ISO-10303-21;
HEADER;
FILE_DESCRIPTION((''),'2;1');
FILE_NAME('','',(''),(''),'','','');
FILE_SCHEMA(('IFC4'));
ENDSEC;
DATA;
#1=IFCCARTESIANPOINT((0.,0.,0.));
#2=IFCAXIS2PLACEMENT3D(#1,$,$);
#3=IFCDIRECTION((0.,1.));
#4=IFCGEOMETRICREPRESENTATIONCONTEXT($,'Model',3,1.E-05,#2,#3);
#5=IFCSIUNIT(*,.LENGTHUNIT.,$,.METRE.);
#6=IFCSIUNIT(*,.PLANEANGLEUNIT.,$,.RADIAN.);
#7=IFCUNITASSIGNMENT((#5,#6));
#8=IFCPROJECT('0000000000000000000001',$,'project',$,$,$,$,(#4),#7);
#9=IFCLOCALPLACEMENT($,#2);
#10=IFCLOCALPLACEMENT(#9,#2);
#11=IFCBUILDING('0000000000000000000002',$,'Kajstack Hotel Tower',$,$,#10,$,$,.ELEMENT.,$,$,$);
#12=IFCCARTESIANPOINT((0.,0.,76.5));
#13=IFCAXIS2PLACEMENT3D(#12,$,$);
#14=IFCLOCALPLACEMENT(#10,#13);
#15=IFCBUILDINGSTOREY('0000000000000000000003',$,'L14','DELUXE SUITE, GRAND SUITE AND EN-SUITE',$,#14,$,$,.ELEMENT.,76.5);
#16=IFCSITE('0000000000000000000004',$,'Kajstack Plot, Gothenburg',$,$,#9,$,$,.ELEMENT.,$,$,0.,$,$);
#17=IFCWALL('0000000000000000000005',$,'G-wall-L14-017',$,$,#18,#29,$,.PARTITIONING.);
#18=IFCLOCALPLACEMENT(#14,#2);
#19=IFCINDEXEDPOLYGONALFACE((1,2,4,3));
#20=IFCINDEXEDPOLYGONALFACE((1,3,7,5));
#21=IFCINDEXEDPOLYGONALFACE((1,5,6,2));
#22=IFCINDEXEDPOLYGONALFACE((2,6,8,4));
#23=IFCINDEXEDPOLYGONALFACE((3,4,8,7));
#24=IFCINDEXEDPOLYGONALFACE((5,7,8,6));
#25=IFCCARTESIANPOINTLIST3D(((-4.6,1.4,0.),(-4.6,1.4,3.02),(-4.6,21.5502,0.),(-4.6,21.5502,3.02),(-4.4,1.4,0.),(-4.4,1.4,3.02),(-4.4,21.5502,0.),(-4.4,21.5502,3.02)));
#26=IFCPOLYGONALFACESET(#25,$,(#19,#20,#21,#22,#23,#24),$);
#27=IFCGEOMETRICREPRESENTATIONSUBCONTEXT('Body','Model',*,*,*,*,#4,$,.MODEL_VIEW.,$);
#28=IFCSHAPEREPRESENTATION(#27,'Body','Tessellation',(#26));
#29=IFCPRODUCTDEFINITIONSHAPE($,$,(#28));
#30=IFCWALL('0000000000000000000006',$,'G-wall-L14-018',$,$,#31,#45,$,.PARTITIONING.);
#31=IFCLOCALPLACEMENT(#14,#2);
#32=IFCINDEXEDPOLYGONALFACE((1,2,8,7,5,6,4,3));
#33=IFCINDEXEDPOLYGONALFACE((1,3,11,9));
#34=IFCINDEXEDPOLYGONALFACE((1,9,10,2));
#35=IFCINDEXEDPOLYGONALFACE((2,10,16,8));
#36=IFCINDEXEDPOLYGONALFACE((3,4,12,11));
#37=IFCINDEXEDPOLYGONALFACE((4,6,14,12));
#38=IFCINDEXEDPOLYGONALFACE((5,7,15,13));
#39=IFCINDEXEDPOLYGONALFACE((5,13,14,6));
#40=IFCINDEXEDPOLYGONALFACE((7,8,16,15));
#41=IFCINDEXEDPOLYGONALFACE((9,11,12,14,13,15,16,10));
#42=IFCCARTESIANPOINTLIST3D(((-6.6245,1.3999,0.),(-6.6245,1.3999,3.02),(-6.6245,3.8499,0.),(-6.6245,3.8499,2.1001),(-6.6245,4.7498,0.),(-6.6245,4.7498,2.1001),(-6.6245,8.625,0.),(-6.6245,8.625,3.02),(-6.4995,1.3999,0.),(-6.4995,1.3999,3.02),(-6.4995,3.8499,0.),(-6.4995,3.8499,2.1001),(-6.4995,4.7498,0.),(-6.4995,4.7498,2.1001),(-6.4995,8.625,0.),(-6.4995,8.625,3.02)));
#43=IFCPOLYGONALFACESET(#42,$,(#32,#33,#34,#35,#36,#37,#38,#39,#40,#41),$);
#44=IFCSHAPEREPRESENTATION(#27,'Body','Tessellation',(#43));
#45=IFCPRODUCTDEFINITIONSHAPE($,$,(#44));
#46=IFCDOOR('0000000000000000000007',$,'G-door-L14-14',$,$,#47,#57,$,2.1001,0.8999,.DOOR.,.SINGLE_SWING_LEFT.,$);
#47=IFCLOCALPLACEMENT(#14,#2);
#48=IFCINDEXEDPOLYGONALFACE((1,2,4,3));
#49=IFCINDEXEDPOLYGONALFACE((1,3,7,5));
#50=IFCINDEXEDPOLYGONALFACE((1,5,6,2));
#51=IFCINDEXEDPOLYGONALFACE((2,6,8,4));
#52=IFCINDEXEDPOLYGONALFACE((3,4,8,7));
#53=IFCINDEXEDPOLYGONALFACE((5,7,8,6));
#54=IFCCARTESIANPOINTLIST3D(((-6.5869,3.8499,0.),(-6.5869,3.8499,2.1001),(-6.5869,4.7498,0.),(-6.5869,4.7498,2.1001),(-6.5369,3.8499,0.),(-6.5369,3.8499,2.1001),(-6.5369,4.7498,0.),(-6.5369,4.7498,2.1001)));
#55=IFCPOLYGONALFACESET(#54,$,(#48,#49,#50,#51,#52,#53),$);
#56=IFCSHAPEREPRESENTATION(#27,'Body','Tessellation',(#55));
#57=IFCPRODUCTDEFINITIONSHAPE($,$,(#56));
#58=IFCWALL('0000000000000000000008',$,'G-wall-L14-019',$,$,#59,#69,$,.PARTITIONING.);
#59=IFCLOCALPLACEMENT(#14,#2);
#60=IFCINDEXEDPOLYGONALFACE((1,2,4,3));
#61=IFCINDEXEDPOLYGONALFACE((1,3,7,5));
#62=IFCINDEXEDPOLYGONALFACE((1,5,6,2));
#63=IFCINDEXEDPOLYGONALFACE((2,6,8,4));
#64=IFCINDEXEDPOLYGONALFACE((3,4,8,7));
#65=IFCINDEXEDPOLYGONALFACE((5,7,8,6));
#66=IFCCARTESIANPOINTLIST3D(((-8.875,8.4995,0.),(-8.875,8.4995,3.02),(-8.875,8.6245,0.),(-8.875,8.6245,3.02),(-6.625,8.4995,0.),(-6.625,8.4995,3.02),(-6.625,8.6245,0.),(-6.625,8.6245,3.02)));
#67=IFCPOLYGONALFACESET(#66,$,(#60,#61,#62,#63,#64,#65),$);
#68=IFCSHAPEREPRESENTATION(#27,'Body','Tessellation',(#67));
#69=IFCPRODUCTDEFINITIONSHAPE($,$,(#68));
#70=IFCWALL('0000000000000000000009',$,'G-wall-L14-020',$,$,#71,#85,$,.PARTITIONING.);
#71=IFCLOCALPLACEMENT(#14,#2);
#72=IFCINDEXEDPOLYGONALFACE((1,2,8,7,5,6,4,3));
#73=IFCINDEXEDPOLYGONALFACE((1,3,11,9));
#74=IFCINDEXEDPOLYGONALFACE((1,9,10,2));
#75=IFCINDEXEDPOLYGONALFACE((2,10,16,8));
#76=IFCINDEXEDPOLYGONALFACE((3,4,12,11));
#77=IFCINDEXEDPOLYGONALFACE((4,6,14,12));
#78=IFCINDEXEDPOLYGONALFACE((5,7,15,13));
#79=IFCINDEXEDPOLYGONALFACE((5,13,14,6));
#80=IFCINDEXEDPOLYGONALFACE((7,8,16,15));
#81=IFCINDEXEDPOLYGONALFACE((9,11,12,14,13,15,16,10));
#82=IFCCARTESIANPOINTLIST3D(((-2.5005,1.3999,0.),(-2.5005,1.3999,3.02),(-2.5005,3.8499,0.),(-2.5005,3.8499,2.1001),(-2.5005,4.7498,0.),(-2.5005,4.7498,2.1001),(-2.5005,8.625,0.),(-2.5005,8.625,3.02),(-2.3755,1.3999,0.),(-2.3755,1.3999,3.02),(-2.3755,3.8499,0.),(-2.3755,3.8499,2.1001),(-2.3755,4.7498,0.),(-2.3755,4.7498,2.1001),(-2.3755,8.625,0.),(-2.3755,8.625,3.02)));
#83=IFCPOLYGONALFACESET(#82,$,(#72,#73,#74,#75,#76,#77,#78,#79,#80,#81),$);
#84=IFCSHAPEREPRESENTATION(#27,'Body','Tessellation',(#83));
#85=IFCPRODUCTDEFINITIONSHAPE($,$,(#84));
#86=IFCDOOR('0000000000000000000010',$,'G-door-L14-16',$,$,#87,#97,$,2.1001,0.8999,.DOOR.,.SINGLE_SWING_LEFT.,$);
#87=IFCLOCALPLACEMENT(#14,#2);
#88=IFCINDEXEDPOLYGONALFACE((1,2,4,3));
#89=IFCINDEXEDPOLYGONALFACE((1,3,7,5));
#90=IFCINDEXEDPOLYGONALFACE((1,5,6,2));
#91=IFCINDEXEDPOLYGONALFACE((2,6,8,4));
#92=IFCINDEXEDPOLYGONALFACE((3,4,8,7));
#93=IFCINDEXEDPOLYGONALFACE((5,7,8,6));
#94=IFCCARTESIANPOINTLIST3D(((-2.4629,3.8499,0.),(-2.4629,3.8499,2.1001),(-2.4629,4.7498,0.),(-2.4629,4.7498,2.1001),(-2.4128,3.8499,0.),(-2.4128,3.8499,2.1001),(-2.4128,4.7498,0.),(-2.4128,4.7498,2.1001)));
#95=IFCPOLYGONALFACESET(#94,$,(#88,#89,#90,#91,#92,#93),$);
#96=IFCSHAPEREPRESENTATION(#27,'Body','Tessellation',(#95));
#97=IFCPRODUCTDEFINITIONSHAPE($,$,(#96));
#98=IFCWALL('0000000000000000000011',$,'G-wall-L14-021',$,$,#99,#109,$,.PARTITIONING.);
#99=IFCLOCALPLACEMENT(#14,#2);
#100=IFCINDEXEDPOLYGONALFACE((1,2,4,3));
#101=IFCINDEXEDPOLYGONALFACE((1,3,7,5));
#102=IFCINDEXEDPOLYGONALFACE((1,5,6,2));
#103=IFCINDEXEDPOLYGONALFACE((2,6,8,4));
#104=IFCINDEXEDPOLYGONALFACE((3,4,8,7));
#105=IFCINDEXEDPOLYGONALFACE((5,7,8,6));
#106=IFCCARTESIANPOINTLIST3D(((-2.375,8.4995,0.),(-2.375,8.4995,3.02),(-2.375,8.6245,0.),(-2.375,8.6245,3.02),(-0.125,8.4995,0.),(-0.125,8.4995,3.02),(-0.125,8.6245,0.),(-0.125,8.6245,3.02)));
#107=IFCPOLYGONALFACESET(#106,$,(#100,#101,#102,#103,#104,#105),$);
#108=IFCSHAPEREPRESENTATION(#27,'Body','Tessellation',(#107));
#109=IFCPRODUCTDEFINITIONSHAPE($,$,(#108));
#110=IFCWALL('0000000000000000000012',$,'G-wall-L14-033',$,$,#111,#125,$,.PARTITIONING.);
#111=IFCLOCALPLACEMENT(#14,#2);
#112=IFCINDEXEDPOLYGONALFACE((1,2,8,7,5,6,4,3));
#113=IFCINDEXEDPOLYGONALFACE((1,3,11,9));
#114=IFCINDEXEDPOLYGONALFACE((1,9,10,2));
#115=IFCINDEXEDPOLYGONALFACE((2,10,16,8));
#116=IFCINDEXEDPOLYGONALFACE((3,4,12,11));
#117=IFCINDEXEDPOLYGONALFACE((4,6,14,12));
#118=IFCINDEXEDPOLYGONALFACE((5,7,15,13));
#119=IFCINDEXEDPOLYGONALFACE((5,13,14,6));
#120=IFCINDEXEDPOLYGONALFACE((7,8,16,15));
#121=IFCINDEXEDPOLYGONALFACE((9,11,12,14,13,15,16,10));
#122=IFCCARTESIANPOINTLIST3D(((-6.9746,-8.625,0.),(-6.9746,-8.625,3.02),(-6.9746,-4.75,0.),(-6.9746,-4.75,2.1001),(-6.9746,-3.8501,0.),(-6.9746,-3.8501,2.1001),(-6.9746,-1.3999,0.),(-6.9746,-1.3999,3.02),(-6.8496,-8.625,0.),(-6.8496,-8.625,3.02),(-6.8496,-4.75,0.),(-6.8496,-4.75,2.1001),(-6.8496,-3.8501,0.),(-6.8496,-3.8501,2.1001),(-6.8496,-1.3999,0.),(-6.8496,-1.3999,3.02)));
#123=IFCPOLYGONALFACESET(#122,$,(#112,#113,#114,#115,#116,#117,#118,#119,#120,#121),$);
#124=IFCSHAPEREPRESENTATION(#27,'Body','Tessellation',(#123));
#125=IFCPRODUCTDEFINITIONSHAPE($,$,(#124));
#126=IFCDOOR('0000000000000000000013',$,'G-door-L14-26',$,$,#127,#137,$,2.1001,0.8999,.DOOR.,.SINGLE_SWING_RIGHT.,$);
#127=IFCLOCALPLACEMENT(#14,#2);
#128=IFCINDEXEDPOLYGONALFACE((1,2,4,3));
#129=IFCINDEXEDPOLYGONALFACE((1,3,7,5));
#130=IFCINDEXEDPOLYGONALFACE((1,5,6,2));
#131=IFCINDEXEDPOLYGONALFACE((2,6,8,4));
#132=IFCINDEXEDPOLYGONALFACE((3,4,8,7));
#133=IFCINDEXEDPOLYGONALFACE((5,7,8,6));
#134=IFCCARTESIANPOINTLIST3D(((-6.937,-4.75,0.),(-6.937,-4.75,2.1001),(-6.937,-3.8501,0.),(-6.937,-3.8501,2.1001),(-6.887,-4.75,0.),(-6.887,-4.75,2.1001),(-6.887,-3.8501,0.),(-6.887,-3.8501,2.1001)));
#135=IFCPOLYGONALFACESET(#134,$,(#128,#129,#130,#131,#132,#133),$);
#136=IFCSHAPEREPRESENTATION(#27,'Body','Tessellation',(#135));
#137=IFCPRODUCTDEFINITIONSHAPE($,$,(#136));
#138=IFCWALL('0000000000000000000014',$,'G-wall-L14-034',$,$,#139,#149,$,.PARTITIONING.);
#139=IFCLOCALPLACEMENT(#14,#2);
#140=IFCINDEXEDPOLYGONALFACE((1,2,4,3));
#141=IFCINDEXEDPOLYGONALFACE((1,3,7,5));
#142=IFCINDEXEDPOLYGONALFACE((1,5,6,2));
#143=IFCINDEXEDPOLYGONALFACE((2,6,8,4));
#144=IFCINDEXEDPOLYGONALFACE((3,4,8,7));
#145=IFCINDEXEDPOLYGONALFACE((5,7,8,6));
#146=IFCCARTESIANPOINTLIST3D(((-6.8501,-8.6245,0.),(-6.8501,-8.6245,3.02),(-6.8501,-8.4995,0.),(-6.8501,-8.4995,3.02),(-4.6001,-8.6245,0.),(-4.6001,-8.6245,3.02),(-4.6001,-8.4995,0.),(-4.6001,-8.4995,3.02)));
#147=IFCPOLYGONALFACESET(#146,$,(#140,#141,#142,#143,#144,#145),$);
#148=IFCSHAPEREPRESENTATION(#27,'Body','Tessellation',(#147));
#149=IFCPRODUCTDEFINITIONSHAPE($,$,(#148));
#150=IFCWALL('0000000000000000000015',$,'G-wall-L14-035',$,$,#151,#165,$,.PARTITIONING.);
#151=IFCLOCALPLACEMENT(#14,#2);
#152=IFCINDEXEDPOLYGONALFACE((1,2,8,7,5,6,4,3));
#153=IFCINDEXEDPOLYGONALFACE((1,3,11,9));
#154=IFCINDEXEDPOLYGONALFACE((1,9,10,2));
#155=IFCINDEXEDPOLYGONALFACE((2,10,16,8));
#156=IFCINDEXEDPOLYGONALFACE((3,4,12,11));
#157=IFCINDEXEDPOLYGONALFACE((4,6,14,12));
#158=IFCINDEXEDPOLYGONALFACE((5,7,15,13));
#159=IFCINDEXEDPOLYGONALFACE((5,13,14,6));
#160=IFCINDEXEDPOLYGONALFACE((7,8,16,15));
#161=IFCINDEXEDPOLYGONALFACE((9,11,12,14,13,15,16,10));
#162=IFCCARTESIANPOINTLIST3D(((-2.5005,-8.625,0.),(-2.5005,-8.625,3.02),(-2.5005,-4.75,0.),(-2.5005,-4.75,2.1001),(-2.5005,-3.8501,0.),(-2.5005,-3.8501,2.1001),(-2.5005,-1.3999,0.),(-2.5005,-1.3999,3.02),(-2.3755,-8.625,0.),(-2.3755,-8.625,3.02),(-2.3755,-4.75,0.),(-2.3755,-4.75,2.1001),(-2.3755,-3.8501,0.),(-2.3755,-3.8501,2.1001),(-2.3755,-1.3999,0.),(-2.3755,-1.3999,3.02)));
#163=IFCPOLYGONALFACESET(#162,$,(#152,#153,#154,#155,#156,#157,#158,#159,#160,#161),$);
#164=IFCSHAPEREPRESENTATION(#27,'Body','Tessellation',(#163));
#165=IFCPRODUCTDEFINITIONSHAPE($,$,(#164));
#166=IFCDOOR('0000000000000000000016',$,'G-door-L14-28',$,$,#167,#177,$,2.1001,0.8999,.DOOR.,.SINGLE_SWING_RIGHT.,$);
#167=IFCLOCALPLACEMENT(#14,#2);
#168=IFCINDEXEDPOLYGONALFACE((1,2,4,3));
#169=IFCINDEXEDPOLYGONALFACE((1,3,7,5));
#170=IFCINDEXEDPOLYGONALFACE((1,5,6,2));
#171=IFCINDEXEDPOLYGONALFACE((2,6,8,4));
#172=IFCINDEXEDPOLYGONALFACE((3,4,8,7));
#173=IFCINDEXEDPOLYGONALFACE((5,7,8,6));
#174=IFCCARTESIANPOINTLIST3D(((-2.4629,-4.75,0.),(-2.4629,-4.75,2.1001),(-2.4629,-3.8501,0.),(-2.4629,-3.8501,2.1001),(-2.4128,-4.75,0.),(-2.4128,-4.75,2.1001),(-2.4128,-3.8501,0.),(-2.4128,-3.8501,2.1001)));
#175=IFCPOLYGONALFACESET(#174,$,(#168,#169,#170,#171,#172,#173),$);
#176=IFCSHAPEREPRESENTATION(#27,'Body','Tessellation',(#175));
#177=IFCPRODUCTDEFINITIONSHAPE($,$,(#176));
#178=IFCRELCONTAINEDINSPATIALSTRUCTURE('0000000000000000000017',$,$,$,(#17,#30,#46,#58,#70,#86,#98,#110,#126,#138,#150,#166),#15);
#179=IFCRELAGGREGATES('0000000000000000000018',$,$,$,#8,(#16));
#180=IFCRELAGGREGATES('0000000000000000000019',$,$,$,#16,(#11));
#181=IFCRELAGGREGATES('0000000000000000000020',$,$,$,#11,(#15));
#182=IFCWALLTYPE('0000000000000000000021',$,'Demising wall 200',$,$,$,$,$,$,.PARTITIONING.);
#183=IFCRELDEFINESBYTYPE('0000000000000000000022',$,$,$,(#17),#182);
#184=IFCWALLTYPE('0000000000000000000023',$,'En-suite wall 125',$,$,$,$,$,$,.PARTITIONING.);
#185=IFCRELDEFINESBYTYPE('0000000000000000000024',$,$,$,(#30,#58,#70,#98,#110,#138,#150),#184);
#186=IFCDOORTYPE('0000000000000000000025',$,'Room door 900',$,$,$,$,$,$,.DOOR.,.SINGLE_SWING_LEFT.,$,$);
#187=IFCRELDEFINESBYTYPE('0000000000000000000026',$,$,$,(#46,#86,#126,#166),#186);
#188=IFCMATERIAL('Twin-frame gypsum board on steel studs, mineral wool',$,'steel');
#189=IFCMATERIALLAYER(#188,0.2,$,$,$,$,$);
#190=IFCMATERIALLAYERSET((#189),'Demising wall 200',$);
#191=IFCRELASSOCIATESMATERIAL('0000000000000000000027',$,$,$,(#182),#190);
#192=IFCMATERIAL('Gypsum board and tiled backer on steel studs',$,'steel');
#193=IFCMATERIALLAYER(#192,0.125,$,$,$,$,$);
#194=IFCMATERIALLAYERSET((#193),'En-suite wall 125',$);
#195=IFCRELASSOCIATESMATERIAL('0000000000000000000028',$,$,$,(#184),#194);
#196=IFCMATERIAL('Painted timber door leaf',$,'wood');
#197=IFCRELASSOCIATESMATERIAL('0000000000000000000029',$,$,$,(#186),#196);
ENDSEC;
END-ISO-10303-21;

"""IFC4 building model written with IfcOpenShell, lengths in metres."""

from ifc_helpers import new_model, si_unit, direction, frame, frame_2d, origin, place, context, subcontext, project, spatial, rectangle, extrude, material, layer, layer_set, type_object, element, fill, save


model = new_model("IFC4")

# Units and contexts
model_context = context("Model", 3, precision=1e-05, world=origin(), true_north=direction((0.0, 1.0)))
body_context = subcontext(model_context, "Body", "Model", "MODEL_VIEW")
ifc_project = project(units=[si_unit("LENGTHUNIT", "METRE"), si_unit("PLANEANGLEUNIT", "RADIAN")], contexts=[model_context])

# Site, building, storey
site_placement = place(None, origin())
site = spatial("IfcSite", under=ifc_project, at=site_placement, Name="Kajstack Plot, Gothenburg", CompositionType="ELEMENT", RefElevation=0.0)
building_placement = place(site_placement, origin())
building = spatial("IfcBuilding", under=site, at=building_placement, Name="Kajstack Hotel Tower", CompositionType="ELEMENT")
storey_placement = place(building_placement, frame((0.0, 0.0, 76.5)))
storey = spatial("IfcBuildingStorey", under=building, at=storey_placement, Name="L14", Description="DELUXE SUITE, GRAND SUITE AND EN-SUITE", CompositionType="ELEMENT", Elevation=76.5)

# Wall
ifc_material_1 = material(Name="Twin-frame gypsum board on steel studs, mineral wool", Category="steel")
ifc_layer_1 = layer(ifc_material_1, 0.2)
ifc_layer_set_1 = layer_set([ifc_layer_1], Name="Demising wall 200")
wall_type_1 = type_object("IfcWallType", Name="Demising wall 200", PredefinedType="PARTITIONING", material=ifc_layer_set_1)
wall_1_placement = place(storey_placement, frame((-4.5, 1.3999, 0.0), z_axis=(0.0, 0.0, 1.0), x_axis=(0.0, 1.0, 0.0)))
element("IfcWall", 1, at=wall_1_placement, inside=storey, type_object=wall_type_1, Name="G-wall-L14-017", PredefinedType="PARTITIONING", context=body_context, shape_type="SweptSolid", body=[
    extrude(rectangle(XDim=20.1501, YDim=0.2, at=frame_2d((10.0752, 0.0))), origin(), (0.0, 0.0, 1.0), 3.02),
])

# Wall, opening, door
ifc_material_2 = material(Name="Gypsum board and tiled backer on steel studs", Category="steel")
ifc_layer_2 = layer(ifc_material_2, 0.125)
ifc_layer_set_2 = layer_set([ifc_layer_2], Name="En-suite wall 125")
wall_type_2 = type_object("IfcWallType", Name="En-suite wall 125", PredefinedType="PARTITIONING", material=ifc_layer_set_2)
wall_2_placement = place(storey_placement, frame((-6.562, 1.3999, 0.0), z_axis=(0.0, 0.0, 1.0), x_axis=(0.0, 1.0, 0.0)))
wall_2 = element("IfcWall", 2, at=wall_2_placement, inside=storey, type_object=wall_type_2, Name="G-wall-L14-018", PredefinedType="PARTITIONING", context=body_context, shape_type="SweptSolid", body=[
    extrude(rectangle(XDim=7.2251, YDim=0.125, at=frame_2d((3.6125, 0.0))), origin(), (0.0, 0.0, 1.0), 3.02),
])
opening_1_placement = place(wall_2_placement, frame((2.45, 0.0, 0.0)))
opening_1 = element("IfcOpeningElement", 3, at=opening_1_placement, cuts=wall_2, PredefinedType="OPENING", context=body_context, shape_type="SweptSolid", body=[
    extrude(rectangle(XDim=0.8999, YDim=2.1001, at=frame_2d((0.45, 1.05))), frame((0.0, 0.0725, 0.0), z_axis=(0.0, -1.0, 0.0), x_axis=(1.0, 0.0, 0.0)), (0.0, 0.0, 1.0), 0.145),
])
ifc_material_3 = material(Name="Painted timber door leaf", Category="wood")
door_type = type_object("IfcDoorType", Name="Room door 900", OperationType="SINGLE_SWING_LEFT", PredefinedType="DOOR", material=ifc_material_3)
door_1_placement = place(opening_1_placement, origin())
door_1 = element("IfcDoor", 4, at=door_1_placement, inside=storey, type_object=door_type, Name="G-door-L14-14", OperationType="SINGLE_SWING_LEFT", OverallHeight=2.1001, OverallWidth=0.8999, PredefinedType="DOOR", context=body_context, shape_type="SweptSolid", body=[
    extrude(rectangle(XDim=0.8999, YDim=2.1001, at=frame_2d((0.45, 1.05))), frame((0.0, 0.0249, 0.0), z_axis=(0.0, -1.0, 0.0), x_axis=(1.0, 0.0, 0.0)), (0.0, 0.0, 1.0), 0.05),
])
fill(opening_1, door_1)

# Wall
wall_3_placement = place(storey_placement, frame((-8.875, 8.562, 0.0), z_axis=(0.0, 0.0, 1.0), x_axis=(1.0, 0.0, 0.0)))
element("IfcWall", 5, at=wall_3_placement, inside=storey, type_object=wall_type_2, Name="G-wall-L14-019", PredefinedType="PARTITIONING", context=body_context, shape_type="SweptSolid", body=[
    extrude(rectangle(XDim=2.25, YDim=0.125, at=frame_2d((1.125, 0.0))), origin(), (0.0, 0.0, 1.0), 3.02),
])

# Wall, opening, door
wall_4_placement = place(storey_placement, frame((-2.438, 1.3999, 0.0), z_axis=(0.0, 0.0, 1.0), x_axis=(0.0, 1.0, 0.0)))
wall_4 = element("IfcWall", 6, at=wall_4_placement, inside=storey, type_object=wall_type_2, Name="G-wall-L14-020", PredefinedType="PARTITIONING", context=body_context, shape_type="SweptSolid", body=[
    extrude(rectangle(XDim=7.2251, YDim=0.125, at=frame_2d((3.6125, 0.0))), origin(), (0.0, 0.0, 1.0), 3.02),
])
opening_2_placement = place(wall_4_placement, frame((2.45, 0.0, 0.0)))
opening_2 = element("IfcOpeningElement", 7, at=opening_2_placement, cuts=wall_4, PredefinedType="OPENING", context=body_context, shape_type="SweptSolid", body=[
    extrude(rectangle(XDim=0.8999, YDim=2.1001, at=frame_2d((0.45, 1.05))), frame((0.0, 0.0725, 0.0), z_axis=(0.0, -1.0, 0.0), x_axis=(1.0, 0.0, 0.0)), (0.0, 0.0, 1.0), 0.145),
])
door_2_placement = place(opening_2_placement, origin())
door_2 = element("IfcDoor", 8, at=door_2_placement, inside=storey, type_object=door_type, Name="G-door-L14-16", OperationType="SINGLE_SWING_LEFT", OverallHeight=2.1001, OverallWidth=0.8999, PredefinedType="DOOR", context=body_context, shape_type="SweptSolid", body=[
    extrude(rectangle(XDim=0.8999, YDim=2.1001, at=frame_2d((0.45, 1.05))), frame((0.0, 0.0249, 0.0), z_axis=(0.0, -1.0, 0.0), x_axis=(1.0, 0.0, 0.0)), (0.0, 0.0, 1.0), 0.05),
])
fill(opening_2, door_2)

# Wall
wall_5_placement = place(storey_placement, frame((-2.375, 8.562, 0.0), z_axis=(0.0, 0.0, 1.0), x_axis=(1.0, 0.0, 0.0)))
element("IfcWall", 9, at=wall_5_placement, inside=storey, type_object=wall_type_2, Name="G-wall-L14-021", PredefinedType="PARTITIONING", context=body_context, shape_type="SweptSolid", body=[
    extrude(rectangle(XDim=2.25, YDim=0.125, at=frame_2d((1.125, 0.0))), origin(), (0.0, 0.0, 1.0), 3.02),
])

# Wall, opening, door
wall_6_placement = place(storey_placement, frame((-6.9121, -8.625, 0.0), z_axis=(0.0, 0.0, 1.0), x_axis=(0.0, 1.0, 0.0)))
wall_6 = element("IfcWall", 10, at=wall_6_placement, inside=storey, type_object=wall_type_2, Name="G-wall-L14-033", PredefinedType="PARTITIONING", context=body_context, shape_type="SweptSolid", body=[
    extrude(rectangle(XDim=7.2251, YDim=0.125, at=frame_2d((3.6125, 0.0))), origin(), (0.0, 0.0, 1.0), 3.02),
])
opening_3_placement = place(wall_6_placement, frame((3.875, 0.0, 0.0)))
opening_3 = element("IfcOpeningElement", 11, at=opening_3_placement, cuts=wall_6, PredefinedType="OPENING", context=body_context, shape_type="SweptSolid", body=[
    extrude(rectangle(XDim=0.8999, YDim=2.1001, at=frame_2d((0.45, 1.05))), frame((0.0, 0.0725, 0.0), z_axis=(0.0, -1.0, 0.0), x_axis=(1.0, 0.0, 0.0)), (0.0, 0.0, 1.0), 0.145),
])
door_3_placement = place(opening_3_placement, origin())
door_3 = element("IfcDoor", 12, at=door_3_placement, inside=storey, type_object=door_type, Name="G-door-L14-26", OperationType="SINGLE_SWING_RIGHT", OverallHeight=2.1001, OverallWidth=0.8999, PredefinedType="DOOR", context=body_context, shape_type="SweptSolid", body=[
    extrude(rectangle(XDim=0.8999, YDim=2.1001, at=frame_2d((0.45, 1.05))), frame((0.0, 0.0249, 0.0), z_axis=(0.0, -1.0, 0.0), x_axis=(1.0, 0.0, 0.0)), (0.0, 0.0, 1.0), 0.05),
])
fill(opening_3, door_3)

# Wall
wall_7_placement = place(storey_placement, frame((-6.8501, -8.562, 0.0), z_axis=(0.0, 0.0, 1.0), x_axis=(1.0, 0.0, 0.0)))
element("IfcWall", 13, at=wall_7_placement, inside=storey, type_object=wall_type_2, Name="G-wall-L14-034", PredefinedType="PARTITIONING", context=body_context, shape_type="SweptSolid", body=[
    extrude(rectangle(XDim=2.25, YDim=0.125, at=frame_2d((1.125, 0.0))), origin(), (0.0, 0.0, 1.0), 3.02),
])

# Wall, opening, door
wall_8_placement = place(storey_placement, frame((-2.438, -8.625, 0.0), z_axis=(0.0, 0.0, 1.0), x_axis=(0.0, 1.0, 0.0)))
wall_8 = element("IfcWall", 14, at=wall_8_placement, inside=storey, type_object=wall_type_2, Name="G-wall-L14-035", PredefinedType="PARTITIONING", context=body_context, shape_type="SweptSolid", body=[
    extrude(rectangle(XDim=7.2251, YDim=0.125, at=frame_2d((3.6125, 0.0))), origin(), (0.0, 0.0, 1.0), 3.02),
])
opening_4_placement = place(wall_8_placement, frame((3.875, 0.0, 0.0)))
opening_4 = element("IfcOpeningElement", 15, at=opening_4_placement, cuts=wall_8, PredefinedType="OPENING", context=body_context, shape_type="SweptSolid", body=[
    extrude(rectangle(XDim=0.8999, YDim=2.1001, at=frame_2d((0.45, 1.05))), frame((0.0, 0.0725, 0.0), z_axis=(0.0, -1.0, 0.0), x_axis=(1.0, 0.0, 0.0)), (0.0, 0.0, 1.0), 0.145),
])
door_4_placement = place(opening_4_placement, origin())
door_4 = element("IfcDoor", 16, at=door_4_placement, inside=storey, type_object=door_type, Name="G-door-L14-28", OperationType="SINGLE_SWING_RIGHT", OverallHeight=2.1001, OverallWidth=0.8999, PredefinedType="DOOR", context=body_context, shape_type="SweptSolid", body=[
    extrude(rectangle(XDim=0.8999, YDim=2.1001, at=frame_2d((0.45, 1.05))), frame((0.0, 0.0249, 0.0), z_axis=(0.0, -1.0, 0.0), x_axis=(1.0, 0.0, 0.0)), (0.0, 0.0, 1.0), 0.05),
])
fill(opening_4, door_4)

save(model, "model.ifc")
